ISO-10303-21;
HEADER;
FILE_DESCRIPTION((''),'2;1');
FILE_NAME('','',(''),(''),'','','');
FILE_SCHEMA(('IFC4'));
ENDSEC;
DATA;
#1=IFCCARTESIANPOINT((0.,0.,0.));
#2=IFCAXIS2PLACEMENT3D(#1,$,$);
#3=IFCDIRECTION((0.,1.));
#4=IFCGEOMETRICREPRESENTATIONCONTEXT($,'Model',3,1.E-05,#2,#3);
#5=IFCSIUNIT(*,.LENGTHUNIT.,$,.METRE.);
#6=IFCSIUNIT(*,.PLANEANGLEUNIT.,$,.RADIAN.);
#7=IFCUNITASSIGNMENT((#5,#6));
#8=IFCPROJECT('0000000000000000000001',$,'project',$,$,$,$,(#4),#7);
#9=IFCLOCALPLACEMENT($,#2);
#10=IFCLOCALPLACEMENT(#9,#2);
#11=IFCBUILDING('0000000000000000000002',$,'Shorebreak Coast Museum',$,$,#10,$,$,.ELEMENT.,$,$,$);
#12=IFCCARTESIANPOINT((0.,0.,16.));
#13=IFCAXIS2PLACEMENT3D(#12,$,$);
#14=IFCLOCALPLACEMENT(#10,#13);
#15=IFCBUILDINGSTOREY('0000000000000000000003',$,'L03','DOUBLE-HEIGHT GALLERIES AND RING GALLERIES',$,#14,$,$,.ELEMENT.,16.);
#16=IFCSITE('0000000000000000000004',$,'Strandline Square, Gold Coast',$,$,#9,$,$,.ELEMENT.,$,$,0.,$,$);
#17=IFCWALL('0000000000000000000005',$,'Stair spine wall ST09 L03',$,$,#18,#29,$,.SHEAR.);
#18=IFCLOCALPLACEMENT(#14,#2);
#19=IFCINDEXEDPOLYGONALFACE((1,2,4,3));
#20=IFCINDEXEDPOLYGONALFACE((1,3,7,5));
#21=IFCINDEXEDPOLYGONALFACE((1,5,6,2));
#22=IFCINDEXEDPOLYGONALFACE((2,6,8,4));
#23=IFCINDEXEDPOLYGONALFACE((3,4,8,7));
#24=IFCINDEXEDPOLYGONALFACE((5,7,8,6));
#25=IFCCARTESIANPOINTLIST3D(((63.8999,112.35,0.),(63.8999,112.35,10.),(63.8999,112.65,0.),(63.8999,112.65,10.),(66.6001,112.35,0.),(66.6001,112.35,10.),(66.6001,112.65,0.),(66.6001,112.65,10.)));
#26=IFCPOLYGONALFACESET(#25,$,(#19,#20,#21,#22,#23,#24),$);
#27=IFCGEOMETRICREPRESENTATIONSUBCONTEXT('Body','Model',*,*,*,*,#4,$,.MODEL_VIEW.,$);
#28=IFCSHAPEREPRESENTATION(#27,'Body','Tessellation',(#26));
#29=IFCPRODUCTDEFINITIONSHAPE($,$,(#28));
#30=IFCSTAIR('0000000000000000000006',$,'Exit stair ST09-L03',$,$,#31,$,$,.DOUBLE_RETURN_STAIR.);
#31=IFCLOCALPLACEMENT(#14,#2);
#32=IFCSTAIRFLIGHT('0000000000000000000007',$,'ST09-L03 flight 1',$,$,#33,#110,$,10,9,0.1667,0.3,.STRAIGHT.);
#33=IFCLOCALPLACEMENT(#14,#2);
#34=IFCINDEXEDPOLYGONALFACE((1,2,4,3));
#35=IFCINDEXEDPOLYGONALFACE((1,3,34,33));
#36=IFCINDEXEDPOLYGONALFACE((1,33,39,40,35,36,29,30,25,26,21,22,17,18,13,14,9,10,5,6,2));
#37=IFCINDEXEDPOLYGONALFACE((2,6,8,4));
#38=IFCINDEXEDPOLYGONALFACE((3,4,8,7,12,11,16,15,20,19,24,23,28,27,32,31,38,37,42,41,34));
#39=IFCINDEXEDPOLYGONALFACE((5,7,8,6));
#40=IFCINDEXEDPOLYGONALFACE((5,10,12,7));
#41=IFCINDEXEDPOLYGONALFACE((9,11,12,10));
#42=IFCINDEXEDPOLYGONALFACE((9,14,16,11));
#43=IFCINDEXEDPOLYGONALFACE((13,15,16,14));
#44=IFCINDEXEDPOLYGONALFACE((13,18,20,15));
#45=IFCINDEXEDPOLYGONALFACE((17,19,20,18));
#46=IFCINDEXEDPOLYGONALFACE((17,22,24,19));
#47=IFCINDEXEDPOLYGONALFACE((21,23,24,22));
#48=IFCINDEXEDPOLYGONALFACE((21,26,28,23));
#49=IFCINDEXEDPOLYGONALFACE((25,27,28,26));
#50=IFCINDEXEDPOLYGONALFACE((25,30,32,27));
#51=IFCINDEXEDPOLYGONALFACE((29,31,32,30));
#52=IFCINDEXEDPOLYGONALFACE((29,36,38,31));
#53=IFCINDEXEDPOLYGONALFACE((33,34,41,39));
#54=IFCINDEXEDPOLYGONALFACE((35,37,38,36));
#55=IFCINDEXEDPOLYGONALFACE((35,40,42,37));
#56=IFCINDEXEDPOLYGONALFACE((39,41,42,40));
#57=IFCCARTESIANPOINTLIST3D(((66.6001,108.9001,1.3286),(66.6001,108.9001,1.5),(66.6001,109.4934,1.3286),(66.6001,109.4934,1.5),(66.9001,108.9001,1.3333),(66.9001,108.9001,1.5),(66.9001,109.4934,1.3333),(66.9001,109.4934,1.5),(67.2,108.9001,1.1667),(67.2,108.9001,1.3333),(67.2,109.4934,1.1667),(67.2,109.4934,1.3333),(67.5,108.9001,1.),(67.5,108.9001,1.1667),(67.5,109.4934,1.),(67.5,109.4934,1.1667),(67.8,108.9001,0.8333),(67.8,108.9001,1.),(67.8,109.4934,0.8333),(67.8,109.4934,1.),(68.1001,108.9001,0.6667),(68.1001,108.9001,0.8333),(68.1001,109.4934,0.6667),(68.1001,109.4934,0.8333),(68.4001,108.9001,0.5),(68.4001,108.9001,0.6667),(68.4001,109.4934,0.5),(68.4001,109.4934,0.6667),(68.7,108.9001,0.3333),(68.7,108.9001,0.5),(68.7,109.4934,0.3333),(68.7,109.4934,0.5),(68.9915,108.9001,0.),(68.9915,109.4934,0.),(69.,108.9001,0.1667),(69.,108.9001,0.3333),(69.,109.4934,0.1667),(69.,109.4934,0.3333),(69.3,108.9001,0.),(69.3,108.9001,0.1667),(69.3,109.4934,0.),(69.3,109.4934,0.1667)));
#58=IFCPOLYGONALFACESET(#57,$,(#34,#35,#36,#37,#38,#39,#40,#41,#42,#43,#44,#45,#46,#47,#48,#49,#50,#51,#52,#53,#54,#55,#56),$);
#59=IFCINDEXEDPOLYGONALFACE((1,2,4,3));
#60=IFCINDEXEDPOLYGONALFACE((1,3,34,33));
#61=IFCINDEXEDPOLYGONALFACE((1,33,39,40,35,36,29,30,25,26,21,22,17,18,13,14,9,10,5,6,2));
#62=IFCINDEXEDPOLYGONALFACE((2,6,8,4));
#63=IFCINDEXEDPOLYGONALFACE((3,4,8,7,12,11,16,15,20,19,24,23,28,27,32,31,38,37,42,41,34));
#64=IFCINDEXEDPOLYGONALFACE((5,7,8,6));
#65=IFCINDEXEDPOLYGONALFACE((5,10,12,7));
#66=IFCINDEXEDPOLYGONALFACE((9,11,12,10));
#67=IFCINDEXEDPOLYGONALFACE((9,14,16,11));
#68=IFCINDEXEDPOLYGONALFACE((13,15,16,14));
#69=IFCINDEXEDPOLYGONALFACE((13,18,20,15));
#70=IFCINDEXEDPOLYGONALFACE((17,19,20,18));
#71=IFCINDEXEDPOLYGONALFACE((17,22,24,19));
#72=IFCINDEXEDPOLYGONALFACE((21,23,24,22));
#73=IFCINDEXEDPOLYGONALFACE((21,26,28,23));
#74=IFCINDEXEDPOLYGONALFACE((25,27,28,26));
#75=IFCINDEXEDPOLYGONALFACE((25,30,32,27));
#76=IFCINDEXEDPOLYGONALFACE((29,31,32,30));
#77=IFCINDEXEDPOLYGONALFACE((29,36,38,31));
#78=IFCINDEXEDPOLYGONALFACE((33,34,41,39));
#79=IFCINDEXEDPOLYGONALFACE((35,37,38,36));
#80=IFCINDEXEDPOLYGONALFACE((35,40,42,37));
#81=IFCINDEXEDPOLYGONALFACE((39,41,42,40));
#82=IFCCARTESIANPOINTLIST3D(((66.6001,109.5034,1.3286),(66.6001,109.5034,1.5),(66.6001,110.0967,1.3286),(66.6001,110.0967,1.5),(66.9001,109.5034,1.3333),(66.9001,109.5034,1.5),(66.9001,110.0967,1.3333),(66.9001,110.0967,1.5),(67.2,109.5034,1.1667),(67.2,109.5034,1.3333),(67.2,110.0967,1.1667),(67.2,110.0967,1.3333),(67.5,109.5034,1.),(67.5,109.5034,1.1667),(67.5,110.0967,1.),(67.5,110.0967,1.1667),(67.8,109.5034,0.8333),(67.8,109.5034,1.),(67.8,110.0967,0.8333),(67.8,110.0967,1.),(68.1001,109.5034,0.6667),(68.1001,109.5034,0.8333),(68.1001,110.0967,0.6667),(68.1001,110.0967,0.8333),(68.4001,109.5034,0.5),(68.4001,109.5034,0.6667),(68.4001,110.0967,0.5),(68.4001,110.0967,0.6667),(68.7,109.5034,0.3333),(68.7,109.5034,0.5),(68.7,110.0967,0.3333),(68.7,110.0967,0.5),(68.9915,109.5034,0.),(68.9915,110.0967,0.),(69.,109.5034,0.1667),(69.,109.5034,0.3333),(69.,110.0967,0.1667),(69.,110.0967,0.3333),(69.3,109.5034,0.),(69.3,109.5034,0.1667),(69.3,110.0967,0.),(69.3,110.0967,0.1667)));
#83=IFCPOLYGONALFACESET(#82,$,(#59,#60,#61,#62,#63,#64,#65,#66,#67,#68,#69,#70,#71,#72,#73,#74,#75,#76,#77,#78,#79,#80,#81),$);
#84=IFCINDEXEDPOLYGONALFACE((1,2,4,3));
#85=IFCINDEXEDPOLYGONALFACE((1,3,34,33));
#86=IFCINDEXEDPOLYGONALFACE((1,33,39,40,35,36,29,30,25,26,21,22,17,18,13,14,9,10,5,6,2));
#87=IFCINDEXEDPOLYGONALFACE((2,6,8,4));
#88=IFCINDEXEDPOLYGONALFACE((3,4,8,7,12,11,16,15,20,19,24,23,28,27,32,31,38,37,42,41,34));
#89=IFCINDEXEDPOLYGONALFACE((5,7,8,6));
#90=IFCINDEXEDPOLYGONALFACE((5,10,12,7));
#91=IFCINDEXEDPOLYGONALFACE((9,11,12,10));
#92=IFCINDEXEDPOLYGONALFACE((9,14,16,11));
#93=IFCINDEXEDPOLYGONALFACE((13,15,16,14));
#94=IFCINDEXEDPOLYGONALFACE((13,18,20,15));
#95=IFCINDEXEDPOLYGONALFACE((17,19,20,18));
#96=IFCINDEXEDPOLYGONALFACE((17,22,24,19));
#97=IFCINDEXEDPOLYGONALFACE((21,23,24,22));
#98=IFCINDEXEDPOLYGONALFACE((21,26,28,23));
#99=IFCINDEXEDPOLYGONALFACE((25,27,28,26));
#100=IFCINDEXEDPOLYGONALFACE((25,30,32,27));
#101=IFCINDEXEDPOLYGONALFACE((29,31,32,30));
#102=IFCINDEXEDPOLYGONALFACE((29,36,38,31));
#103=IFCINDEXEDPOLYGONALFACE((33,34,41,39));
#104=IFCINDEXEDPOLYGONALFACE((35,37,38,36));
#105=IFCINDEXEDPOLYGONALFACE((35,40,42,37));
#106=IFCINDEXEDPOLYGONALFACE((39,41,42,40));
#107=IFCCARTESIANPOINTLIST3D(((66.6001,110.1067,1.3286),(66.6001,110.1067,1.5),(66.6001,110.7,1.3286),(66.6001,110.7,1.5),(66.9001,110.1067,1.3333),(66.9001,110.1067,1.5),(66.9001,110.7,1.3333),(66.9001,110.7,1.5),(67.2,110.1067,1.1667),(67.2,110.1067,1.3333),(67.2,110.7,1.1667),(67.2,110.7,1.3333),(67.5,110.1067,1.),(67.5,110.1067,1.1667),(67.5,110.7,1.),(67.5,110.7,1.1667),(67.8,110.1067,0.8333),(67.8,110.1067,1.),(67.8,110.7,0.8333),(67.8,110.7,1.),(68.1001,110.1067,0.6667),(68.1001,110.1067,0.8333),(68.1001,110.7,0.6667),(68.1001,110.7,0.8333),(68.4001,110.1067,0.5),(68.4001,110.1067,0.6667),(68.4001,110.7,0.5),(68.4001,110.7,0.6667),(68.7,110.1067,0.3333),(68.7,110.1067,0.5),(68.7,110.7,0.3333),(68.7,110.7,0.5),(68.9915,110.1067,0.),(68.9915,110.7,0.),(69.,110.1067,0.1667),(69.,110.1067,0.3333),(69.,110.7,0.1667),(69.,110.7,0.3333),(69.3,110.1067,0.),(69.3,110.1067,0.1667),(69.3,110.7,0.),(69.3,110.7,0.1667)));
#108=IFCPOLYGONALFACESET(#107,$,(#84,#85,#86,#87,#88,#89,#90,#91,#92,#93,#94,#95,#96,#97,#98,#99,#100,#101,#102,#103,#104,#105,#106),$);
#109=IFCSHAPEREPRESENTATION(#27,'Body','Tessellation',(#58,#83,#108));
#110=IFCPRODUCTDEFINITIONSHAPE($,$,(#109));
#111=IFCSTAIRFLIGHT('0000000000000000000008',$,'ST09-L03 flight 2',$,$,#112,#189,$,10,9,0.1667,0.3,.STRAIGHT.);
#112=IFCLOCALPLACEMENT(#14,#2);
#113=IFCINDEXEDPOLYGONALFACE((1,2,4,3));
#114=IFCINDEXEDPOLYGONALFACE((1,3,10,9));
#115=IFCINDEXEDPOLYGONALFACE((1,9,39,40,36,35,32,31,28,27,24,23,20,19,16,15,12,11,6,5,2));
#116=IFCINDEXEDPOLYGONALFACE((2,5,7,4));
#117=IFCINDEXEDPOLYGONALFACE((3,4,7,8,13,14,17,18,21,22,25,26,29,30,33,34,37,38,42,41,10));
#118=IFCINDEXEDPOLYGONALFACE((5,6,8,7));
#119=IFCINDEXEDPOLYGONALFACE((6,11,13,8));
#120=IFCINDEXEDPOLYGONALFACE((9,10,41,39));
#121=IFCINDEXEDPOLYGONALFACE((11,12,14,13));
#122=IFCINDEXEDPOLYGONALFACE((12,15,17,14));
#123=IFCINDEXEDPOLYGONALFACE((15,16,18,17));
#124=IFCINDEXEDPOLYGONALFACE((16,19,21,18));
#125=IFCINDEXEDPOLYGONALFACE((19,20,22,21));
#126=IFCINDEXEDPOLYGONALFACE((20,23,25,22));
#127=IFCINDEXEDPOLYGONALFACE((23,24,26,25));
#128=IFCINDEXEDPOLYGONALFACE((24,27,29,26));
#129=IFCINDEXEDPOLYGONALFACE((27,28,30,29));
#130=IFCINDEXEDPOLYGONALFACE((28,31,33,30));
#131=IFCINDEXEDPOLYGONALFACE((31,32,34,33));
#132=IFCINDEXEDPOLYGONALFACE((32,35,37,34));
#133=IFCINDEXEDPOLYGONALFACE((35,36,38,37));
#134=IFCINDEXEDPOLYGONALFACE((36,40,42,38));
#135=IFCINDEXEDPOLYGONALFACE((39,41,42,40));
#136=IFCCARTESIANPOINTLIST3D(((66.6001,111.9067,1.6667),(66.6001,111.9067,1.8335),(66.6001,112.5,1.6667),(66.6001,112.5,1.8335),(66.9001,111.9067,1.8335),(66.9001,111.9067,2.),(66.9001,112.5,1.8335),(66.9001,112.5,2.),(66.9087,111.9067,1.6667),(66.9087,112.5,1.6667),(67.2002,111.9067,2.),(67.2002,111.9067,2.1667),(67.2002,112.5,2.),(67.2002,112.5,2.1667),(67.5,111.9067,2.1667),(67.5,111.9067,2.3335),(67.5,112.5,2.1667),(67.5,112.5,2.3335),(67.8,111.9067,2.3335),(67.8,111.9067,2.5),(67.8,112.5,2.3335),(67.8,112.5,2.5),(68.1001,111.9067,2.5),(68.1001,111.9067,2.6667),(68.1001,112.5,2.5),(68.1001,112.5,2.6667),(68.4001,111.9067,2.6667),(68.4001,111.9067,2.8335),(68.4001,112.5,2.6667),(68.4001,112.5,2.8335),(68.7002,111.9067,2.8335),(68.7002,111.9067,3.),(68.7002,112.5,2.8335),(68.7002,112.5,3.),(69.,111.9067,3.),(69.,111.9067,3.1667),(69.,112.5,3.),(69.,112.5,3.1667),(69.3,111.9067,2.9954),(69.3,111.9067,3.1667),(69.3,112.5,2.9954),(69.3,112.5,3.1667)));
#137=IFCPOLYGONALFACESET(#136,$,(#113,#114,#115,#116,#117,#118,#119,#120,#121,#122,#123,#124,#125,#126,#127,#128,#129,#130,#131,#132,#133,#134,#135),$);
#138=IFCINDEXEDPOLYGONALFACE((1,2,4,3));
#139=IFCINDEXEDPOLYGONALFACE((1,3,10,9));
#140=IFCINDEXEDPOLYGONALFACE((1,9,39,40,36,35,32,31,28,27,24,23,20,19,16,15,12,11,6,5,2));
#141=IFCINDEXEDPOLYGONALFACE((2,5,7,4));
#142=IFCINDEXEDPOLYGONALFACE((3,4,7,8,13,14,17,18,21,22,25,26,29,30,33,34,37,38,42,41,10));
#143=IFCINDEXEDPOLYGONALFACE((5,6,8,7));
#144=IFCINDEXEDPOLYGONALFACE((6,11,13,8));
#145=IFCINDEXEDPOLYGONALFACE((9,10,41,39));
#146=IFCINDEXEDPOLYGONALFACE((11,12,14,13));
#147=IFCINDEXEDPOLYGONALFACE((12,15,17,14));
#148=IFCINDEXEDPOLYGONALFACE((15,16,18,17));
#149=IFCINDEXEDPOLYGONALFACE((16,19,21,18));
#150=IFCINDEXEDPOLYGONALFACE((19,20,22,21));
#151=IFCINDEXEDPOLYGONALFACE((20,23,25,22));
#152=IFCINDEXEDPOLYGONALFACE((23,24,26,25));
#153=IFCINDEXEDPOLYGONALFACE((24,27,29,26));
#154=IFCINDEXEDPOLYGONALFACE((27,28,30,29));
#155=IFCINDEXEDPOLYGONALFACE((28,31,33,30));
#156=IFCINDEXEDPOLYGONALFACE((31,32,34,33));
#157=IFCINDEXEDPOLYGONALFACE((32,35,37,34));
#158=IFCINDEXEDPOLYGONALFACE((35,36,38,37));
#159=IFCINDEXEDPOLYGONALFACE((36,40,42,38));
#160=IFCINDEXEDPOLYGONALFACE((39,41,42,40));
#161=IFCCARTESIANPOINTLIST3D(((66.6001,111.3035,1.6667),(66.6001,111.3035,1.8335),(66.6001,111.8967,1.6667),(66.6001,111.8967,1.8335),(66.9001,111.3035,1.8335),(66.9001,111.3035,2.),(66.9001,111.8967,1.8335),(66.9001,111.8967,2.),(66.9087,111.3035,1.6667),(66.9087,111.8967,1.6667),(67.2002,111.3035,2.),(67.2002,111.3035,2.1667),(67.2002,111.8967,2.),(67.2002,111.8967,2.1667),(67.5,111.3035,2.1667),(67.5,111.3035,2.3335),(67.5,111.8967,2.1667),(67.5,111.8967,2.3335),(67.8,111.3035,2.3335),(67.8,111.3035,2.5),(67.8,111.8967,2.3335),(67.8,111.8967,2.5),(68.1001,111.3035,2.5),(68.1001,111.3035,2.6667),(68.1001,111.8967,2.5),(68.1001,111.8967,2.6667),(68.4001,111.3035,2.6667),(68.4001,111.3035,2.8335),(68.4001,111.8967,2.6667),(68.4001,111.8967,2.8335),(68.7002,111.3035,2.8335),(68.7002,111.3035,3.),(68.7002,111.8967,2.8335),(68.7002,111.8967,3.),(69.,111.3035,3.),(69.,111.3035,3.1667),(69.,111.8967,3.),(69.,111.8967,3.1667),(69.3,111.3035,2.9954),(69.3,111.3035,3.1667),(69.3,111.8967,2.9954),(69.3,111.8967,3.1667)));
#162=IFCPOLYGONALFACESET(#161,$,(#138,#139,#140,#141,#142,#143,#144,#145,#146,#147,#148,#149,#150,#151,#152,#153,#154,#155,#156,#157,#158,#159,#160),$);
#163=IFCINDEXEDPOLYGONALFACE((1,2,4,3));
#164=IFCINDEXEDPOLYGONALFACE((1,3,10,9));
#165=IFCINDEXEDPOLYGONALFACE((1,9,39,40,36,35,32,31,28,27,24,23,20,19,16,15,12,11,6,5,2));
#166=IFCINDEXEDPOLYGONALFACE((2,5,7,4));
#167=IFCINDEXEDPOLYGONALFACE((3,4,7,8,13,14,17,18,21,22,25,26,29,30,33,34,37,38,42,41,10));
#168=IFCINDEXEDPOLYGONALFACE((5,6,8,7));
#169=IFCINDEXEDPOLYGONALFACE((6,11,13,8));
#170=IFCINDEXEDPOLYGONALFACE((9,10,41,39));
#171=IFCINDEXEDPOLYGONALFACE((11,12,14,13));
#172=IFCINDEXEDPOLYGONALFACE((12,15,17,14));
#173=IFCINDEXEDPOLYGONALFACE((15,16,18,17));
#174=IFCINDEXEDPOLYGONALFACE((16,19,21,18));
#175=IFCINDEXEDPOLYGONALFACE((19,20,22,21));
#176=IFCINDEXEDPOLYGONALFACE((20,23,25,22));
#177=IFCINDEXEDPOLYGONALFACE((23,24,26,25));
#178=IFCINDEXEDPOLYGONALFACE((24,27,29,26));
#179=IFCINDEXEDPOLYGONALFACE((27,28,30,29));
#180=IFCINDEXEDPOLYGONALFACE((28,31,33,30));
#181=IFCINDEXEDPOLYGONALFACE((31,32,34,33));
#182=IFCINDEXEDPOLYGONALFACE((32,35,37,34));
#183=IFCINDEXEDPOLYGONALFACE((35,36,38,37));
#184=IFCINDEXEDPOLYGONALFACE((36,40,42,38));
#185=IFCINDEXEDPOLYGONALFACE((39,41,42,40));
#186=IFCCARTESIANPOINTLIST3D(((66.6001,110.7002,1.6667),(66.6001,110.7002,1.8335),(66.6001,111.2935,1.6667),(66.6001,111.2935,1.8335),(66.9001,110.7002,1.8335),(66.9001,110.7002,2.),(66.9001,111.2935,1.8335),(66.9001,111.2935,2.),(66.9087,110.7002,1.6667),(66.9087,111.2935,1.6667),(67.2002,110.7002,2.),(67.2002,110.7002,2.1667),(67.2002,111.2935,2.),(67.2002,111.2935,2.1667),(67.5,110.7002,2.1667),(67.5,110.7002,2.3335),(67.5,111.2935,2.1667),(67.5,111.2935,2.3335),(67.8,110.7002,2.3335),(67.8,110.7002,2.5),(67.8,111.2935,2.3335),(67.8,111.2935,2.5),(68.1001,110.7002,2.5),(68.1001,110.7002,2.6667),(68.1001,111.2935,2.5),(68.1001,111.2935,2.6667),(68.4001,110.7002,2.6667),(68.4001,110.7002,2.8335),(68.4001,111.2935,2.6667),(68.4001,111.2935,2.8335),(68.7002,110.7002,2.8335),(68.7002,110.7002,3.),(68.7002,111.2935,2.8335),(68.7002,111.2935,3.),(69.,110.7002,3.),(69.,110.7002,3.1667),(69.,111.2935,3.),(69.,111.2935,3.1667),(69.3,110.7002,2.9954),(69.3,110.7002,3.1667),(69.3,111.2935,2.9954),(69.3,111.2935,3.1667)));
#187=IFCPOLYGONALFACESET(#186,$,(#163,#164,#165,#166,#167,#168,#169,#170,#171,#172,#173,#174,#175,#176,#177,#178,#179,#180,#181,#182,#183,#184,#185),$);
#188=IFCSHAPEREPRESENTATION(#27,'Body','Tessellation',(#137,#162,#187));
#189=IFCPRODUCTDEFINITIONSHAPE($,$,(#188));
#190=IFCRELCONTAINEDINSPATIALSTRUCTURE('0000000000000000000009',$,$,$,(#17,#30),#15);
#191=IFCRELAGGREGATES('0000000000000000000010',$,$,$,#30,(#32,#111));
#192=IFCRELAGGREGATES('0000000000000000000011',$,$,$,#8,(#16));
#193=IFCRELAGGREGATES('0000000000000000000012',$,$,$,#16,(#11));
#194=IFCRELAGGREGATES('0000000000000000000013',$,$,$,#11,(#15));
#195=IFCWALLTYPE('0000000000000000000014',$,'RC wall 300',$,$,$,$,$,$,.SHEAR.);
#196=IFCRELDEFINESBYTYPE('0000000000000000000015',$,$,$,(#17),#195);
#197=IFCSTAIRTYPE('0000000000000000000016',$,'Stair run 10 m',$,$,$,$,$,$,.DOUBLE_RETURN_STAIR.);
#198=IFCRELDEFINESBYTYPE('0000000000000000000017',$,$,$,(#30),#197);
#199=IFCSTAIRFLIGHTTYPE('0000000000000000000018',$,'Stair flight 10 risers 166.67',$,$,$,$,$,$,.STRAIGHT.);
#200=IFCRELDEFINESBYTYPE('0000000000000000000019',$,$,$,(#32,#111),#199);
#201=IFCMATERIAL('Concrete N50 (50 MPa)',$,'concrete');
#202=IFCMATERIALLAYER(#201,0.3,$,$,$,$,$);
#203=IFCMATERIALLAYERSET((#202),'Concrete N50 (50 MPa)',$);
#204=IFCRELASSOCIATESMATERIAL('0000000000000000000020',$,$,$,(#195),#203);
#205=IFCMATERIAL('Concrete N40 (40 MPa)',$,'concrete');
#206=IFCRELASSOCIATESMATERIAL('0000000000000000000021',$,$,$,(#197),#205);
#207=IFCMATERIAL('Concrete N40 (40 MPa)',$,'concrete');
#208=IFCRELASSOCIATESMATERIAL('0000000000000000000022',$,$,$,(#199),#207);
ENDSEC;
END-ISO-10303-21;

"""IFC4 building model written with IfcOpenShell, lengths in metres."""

from ifc_helpers import new_model, si_unit, direction, frame, frame_2d, origin, place, context, subcontext, project, spatial, polyline, rectangle, outline, extrude, material, layer, layer_set, type_object, element, aggregate, save


model = new_model("IFC4")

# Units and contexts
model_context = context("Model", 3, precision=1e-05, world=origin(), true_north=direction((0.0, 1.0)))
body_context = subcontext(model_context, "Body", "Model", "MODEL_VIEW")
ifc_project = project(units=[si_unit("LENGTHUNIT", "METRE"), si_unit("PLANEANGLEUNIT", "RADIAN")], contexts=[model_context])

# Site, building, storey
site_placement = place(None, origin())
site = spatial("IfcSite", under=ifc_project, at=site_placement, Name="Strandline Square, Gold Coast", CompositionType="ELEMENT", RefElevation=0.0)
building_placement = place(site_placement, origin())
building = spatial("IfcBuilding", under=site, at=building_placement, Name="Shorebreak Coast Museum", CompositionType="ELEMENT")
storey_placement = place(building_placement, frame((0.0, 0.0, 16.0)))
storey = spatial("IfcBuildingStorey", under=building, at=storey_placement, Name="L03", Description="DOUBLE-HEIGHT GALLERIES AND RING GALLERIES", CompositionType="ELEMENT", Elevation=16.0)

# Wall
ifc_material_1 = material(Name="Concrete N50 (50 MPa)", Category="concrete")
ifc_layer = layer(ifc_material_1, 0.3)
ifc_layer_set = layer_set([ifc_layer], Name="Concrete N50 (50 MPa)")
wall_type = type_object("IfcWallType", Name="RC wall 300", PredefinedType="SHEAR", material=ifc_layer_set)
wall_placement = place(storey_placement, frame((66.6001, 112.5, 0.0), z_axis=(0.0, 0.0, 1.0), x_axis=(-1.0, 0.0, 0.0)))
element("IfcWall", 1, at=wall_placement, inside=storey, type_object=wall_type, Name="Stair spine wall ST09 L03", PredefinedType="SHEAR", context=body_context, shape_type="SweptSolid", body=[
    extrude(rectangle(XDim=2.7002, YDim=0.3, at=frame_2d((1.3501, 0.0))), origin(), (0.0, 0.0, 1.0), 10.0),
])

# Stair, stair flights
ifc_material_2 = material(Name="Concrete N40 (40 MPa)", Category="concrete")
stair_type = type_object("IfcStairType", Name="Stair run 10 m", PredefinedType="DOUBLE_RETURN_STAIR", material=ifc_material_2)
stair_placement = place(storey_placement, origin())
stair = element("IfcStair", 2, at=stair_placement, inside=storey, type_object=stair_type, Name="Exit stair ST09-L03", PredefinedType="DOUBLE_RETURN_STAIR")
ifc_material_3 = material(Name="Concrete N40 (40 MPa)", Category="concrete")
stair_flight_type = type_object("IfcStairFlightType", Name="Stair flight 10 risers 166.67", PredefinedType="STRAIGHT", material=ifc_material_3)
stair_flight_1_placement = place(storey_placement, frame((69.3, 109.8, 0.0), z_axis=(0.0, 0.0, 1.0), x_axis=(-1.0, 0.0, 0.0)))
stair_flight_1 = element("IfcStairFlight", 3, at=stair_flight_1_placement, type_object=stair_flight_type, Name="ST09-L03 flight 1", NumberOfRisers=10, NumberOfTreads=9, PredefinedType="STRAIGHT", RiserHeight=0.1667, TreadLength=0.3, context=body_context, shape_type="SweptSolid", body=[
    extrude(outline(polyline([(0.0, 0.0), (0.0, 0.1667), (0.3, 0.1667), (0.3, 0.3333), (0.6001, 0.3333), (0.6001, 0.5), (0.8999, 0.5), (0.8999, 0.6667), (1.2, 0.6667), (1.2, 0.8333), (1.5, 0.8333), (1.5, 1.0), (1.8, 1.0), (1.8, 1.1667), (2.1001, 1.1667), (2.1001, 1.3333), (2.3999, 1.3333), (2.3999, 1.5), (2.7, 1.5), (2.7, 1.6667), (2.7, 1.3286), (0.3086, 0.0), (0.0, 0.0)])), frame((0.0, 0.8999, 0.0), z_axis=(0.0, -1.0, 0.0), x_axis=(1.0, 0.0, 0.0)), (0.0, 0.0, 1.0), 0.5933),
    extrude(outline(polyline([(0.0, 0.0), (0.0, 0.1667), (0.3, 0.1667), (0.3, 0.3333), (0.6001, 0.3333), (0.6001, 0.5), (0.8999, 0.5), (0.8999, 0.6667), (1.2, 0.6667), (1.2, 0.8333), (1.5, 0.8333), (1.5, 1.0), (1.8, 1.0), (1.8, 1.1667), (2.1001, 1.1667), (2.1001, 1.3333), (2.3999, 1.3333), (2.3999, 1.5), (2.7, 1.5), (2.7, 1.6667), (2.7, 1.3286), (0.3086, 0.0), (0.0, 0.0)])), frame((0.0, 0.2966, 0.0), z_axis=(0.0, -1.0, 0.0), x_axis=(1.0, 0.0, 0.0)), (0.0, 0.0, 1.0), 0.5933),
    extrude(outline(polyline([(0.0, 0.0), (0.0, 0.1667), (0.3, 0.1667), (0.3, 0.3333), (0.6001, 0.3333), (0.6001, 0.5), (0.8999, 0.5), (0.8999, 0.6667), (1.2, 0.6667), (1.2, 0.8333), (1.5, 0.8333), (1.5, 1.0), (1.8, 1.0), (1.8, 1.1667), (2.1001, 1.1667), (2.1001, 1.3333), (2.3999, 1.3333), (2.3999, 1.5), (2.7, 1.5), (2.7, 1.6667), (2.7, 1.3286), (0.3086, 0.0), (0.0, 0.0)])), frame((0.0, -0.3066, 0.0), z_axis=(0.0, -1.0, 0.0), x_axis=(1.0, 0.0, 0.0)), (0.0, 0.0, 1.0), 0.5933),
])
stair_flight_2_placement = place(storey_placement, frame((66.6001, 111.6001, 1.6667), z_axis=(0.0, 0.0, 1.0), x_axis=(1.0, 0.0, 0.0)))
stair_flight_2 = element("IfcStairFlight", 4, at=stair_flight_2_placement, type_object=stair_flight_type, Name="ST09-L03 flight 2", NumberOfRisers=10, NumberOfTreads=9, PredefinedType="STRAIGHT", RiserHeight=0.1667, TreadLength=0.3, context=body_context, shape_type="SweptSolid", body=[
    extrude(outline(polyline([(0.0, 0.0), (0.0, 0.1667), (0.3, 0.1667), (0.3, 0.3333), (0.6001, 0.3333), (0.6001, 0.5), (0.8999, 0.5), (0.8999, 0.6667), (1.2, 0.6667), (1.2, 0.8333), (1.5, 0.8333), (1.5, 1.0), (1.8, 1.0), (1.8, 1.1667), (2.1001, 1.1667), (2.1001, 1.3333), (2.3999, 1.3333), (2.3999, 1.5), (2.7, 1.5), (2.7, 1.6667), (2.7, 1.3286), (0.3086, 0.0), (0.0, 0.0)])), frame((0.0, 0.8999, 0.0), z_axis=(0.0, -1.0, 0.0), x_axis=(1.0, 0.0, 0.0)), (0.0, 0.0, 1.0), 0.5933),
    extrude(outline(polyline([(0.0, 0.0), (0.0, 0.1667), (0.3, 0.1667), (0.3, 0.3333), (0.6001, 0.3333), (0.6001, 0.5), (0.8999, 0.5), (0.8999, 0.6667), (1.2, 0.6667), (1.2, 0.8333), (1.5, 0.8333), (1.5, 1.0), (1.8, 1.0), (1.8, 1.1667), (2.1001, 1.1667), (2.1001, 1.3333), (2.3999, 1.3333), (2.3999, 1.5), (2.7, 1.5), (2.7, 1.6667), (2.7, 1.3286), (0.3086, 0.0), (0.0, 0.0)])), frame((0.0, 0.2966, 0.0), z_axis=(0.0, -1.0, 0.0), x_axis=(1.0, 0.0, 0.0)), (0.0, 0.0, 1.0), 0.5933),
    extrude(outline(polyline([(0.0, 0.0), (0.0, 0.1667), (0.3, 0.1667), (0.3, 0.3333), (0.6001, 0.3333), (0.6001, 0.5), (0.8999, 0.5), (0.8999, 0.6667), (1.2, 0.6667), (1.2, 0.8333), (1.5, 0.8333), (1.5, 1.0), (1.8, 1.0), (1.8, 1.1667), (2.1001, 1.1667), (2.1001, 1.3333), (2.3999, 1.3333), (2.3999, 1.5), (2.7, 1.5), (2.7, 1.6667), (2.7, 1.3286), (0.3086, 0.0), (0.0, 0.0)])), frame((0.0, -0.3066, 0.0), z_axis=(0.0, -1.0, 0.0), x_axis=(1.0, 0.0, 0.0)), (0.0, 0.0, 1.0), 0.5933),
])
aggregate(stair, [stair_flight_1, stair_flight_2])

save(model, "model.ifc")
